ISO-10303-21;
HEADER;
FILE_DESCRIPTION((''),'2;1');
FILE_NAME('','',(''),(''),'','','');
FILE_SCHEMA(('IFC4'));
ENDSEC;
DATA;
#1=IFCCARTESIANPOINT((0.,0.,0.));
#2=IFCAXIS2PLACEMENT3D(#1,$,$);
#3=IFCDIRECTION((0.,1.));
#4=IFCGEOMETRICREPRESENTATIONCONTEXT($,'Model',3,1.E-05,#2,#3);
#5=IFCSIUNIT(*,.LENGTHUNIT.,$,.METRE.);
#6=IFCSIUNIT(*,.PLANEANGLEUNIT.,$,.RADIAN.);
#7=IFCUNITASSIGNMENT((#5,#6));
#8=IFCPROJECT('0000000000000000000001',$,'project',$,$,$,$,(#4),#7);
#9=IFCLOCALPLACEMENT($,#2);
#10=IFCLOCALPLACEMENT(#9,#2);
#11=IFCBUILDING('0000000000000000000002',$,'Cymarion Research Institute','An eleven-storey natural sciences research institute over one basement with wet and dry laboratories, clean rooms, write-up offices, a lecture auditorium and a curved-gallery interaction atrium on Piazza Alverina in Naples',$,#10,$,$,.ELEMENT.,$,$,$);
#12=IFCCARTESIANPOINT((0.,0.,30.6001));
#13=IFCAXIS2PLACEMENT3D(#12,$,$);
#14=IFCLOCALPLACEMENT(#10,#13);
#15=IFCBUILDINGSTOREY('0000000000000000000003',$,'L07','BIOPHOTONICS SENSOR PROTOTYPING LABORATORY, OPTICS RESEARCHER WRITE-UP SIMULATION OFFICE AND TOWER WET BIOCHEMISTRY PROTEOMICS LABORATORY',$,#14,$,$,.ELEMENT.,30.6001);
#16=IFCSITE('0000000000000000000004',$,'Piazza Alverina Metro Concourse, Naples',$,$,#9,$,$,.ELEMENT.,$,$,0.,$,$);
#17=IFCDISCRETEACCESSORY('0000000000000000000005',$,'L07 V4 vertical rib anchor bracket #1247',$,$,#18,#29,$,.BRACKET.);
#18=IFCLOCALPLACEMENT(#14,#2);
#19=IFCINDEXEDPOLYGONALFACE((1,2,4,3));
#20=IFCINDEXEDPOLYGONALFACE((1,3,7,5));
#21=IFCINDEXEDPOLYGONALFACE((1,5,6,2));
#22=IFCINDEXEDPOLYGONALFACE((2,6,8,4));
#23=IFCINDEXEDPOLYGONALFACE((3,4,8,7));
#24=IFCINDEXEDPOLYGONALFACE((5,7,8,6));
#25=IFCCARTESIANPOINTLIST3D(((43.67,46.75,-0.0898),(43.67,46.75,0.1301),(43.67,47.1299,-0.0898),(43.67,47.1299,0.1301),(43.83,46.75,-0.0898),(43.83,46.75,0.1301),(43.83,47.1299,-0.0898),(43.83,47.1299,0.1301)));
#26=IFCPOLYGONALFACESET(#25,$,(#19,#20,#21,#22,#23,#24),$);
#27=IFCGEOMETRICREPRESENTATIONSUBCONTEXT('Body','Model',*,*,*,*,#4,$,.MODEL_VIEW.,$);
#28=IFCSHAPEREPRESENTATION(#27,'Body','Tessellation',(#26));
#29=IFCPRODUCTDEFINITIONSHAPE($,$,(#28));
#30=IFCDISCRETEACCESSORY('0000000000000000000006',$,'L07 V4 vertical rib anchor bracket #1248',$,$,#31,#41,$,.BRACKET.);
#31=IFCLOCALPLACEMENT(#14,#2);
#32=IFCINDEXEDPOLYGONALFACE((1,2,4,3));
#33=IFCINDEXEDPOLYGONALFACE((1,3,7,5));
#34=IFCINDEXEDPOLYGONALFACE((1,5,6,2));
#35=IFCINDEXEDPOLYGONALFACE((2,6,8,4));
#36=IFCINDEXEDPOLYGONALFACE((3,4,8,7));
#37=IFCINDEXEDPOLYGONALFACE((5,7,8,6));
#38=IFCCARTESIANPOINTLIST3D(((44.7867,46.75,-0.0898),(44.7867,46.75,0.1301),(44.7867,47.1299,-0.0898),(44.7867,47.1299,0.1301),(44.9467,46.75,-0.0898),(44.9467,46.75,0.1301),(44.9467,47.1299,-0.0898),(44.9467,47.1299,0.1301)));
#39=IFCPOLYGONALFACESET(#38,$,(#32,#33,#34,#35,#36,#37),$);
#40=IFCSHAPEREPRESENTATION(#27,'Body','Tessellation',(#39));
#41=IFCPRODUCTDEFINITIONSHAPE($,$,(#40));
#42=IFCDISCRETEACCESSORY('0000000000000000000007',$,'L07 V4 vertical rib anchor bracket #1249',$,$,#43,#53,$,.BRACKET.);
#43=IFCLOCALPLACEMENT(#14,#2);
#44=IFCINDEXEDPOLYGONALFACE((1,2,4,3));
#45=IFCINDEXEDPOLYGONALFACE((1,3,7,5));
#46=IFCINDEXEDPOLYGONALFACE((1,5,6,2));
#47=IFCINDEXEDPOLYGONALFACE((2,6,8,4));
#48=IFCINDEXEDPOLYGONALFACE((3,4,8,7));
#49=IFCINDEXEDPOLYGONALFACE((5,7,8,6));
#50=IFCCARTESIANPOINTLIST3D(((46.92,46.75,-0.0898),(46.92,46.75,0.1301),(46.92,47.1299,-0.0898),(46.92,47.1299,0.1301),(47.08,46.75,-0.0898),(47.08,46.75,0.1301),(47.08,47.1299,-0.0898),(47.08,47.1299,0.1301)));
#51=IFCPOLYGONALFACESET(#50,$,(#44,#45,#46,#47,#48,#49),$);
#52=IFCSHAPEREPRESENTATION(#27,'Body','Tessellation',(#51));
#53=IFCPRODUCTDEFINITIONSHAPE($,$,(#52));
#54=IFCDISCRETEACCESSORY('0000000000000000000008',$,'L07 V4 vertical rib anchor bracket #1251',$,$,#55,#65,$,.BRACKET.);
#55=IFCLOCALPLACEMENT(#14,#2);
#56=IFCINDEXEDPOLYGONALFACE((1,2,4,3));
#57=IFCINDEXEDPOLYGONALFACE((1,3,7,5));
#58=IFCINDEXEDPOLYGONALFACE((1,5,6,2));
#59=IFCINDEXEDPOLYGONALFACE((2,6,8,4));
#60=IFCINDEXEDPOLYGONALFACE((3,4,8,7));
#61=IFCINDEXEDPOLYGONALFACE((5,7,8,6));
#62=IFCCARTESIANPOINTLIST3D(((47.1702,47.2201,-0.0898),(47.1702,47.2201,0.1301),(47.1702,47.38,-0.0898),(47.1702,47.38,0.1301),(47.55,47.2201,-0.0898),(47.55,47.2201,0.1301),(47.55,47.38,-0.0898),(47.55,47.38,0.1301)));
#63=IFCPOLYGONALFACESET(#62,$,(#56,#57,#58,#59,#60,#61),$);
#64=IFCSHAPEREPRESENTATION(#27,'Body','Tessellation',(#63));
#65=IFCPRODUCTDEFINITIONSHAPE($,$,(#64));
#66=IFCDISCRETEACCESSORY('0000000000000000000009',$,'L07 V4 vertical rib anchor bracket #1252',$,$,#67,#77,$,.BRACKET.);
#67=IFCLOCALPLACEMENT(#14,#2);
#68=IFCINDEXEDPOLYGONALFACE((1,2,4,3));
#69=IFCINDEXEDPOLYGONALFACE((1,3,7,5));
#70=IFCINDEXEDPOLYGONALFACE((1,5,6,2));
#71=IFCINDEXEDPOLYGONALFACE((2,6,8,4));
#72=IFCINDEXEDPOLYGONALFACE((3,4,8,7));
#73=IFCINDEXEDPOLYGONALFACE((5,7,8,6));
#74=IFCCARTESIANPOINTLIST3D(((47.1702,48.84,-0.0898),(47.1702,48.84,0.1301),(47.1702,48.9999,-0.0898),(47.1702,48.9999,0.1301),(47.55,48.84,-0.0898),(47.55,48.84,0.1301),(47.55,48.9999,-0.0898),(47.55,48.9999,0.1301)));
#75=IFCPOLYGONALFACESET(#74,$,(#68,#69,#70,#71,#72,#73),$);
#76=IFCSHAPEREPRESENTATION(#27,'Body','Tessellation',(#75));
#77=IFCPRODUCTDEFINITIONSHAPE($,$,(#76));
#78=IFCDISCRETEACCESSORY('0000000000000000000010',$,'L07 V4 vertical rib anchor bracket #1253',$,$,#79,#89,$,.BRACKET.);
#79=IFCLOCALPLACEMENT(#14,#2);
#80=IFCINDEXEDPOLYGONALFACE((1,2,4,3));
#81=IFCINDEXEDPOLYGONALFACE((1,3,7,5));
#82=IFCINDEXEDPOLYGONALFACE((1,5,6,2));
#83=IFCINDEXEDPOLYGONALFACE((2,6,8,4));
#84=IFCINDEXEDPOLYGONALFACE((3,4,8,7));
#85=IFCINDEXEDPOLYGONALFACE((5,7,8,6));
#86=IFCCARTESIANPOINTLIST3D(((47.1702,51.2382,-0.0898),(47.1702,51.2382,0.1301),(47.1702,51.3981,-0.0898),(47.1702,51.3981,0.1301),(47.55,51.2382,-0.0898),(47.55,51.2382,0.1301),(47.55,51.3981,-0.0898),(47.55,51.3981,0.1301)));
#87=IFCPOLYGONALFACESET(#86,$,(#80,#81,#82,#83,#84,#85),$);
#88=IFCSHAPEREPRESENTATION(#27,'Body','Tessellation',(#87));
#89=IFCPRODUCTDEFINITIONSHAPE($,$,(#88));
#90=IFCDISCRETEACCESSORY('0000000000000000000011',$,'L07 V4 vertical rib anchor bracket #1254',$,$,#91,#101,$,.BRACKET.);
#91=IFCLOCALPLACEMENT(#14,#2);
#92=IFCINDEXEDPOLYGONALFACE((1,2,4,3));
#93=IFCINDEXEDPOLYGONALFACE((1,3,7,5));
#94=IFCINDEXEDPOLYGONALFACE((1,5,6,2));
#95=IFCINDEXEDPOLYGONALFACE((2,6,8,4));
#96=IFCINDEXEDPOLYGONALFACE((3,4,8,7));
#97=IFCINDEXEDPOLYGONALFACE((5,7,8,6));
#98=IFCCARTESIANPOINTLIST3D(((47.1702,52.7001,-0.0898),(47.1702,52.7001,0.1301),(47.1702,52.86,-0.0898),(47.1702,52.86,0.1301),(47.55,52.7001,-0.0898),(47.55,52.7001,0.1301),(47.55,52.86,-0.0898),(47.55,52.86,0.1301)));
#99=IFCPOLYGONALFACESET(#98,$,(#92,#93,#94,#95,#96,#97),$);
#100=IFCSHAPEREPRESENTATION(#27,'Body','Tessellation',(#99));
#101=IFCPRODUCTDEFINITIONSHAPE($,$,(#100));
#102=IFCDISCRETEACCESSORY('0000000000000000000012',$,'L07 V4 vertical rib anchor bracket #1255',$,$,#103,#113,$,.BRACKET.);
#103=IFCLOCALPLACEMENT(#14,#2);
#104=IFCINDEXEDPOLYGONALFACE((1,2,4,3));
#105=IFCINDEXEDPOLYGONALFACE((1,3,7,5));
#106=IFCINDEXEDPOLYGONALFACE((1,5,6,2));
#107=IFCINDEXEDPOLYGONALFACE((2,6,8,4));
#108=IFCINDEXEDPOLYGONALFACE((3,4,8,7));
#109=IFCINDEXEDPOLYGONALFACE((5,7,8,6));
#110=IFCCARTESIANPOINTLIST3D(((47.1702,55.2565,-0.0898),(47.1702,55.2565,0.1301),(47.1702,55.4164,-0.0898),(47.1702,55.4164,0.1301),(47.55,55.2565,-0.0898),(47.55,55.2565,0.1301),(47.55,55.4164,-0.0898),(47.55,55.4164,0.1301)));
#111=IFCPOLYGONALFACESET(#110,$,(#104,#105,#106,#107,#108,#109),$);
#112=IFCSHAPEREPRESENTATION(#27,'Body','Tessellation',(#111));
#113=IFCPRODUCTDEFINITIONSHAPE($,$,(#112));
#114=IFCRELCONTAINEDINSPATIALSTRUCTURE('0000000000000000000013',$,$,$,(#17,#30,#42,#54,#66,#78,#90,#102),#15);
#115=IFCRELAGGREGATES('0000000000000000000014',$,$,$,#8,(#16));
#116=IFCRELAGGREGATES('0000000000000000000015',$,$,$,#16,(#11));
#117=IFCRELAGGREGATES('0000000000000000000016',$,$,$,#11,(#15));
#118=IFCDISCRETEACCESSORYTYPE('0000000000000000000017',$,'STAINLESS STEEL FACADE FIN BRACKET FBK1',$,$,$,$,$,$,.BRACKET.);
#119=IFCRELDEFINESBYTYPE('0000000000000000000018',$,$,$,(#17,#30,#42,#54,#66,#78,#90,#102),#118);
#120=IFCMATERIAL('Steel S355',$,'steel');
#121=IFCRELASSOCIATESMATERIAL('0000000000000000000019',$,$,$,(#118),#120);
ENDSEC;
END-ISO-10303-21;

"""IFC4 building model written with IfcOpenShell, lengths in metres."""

from ifc_helpers import new_model, si_unit, direction, frame, origin, origin_2d, place, context, subcontext, project, spatial, rectangle, extrude, material, type_object, element, save


model = new_model("IFC4")

# Units and contexts
model_context = context("Model", 3, precision=1e-05, world=origin(), true_north=direction((0.0, 1.0)))
body_context = subcontext(model_context, "Body", "Model", "MODEL_VIEW")
ifc_project = project(units=[si_unit("LENGTHUNIT", "METRE"), si_unit("PLANEANGLEUNIT", "RADIAN")], contexts=[model_context])

# Site, building, storey
site_placement = place(None, origin())
site = spatial("IfcSite", under=ifc_project, at=site_placement, Name="Piazza Alverina Metro Concourse, Naples", CompositionType="ELEMENT", RefElevation=0.0)
building_placement = place(site_placement, origin())
building = spatial("IfcBuilding", under=site, at=building_placement, Name="Cymarion Research Institute", Description="An eleven-storey natural sciences research institute over one basement with wet and dry laboratories, clean rooms, write-up offices, a lecture auditorium and a curved-gallery interaction atrium on Piazza Alverina in Naples", CompositionType="ELEMENT")
storey_placement = place(building_placement, frame((0.0, 0.0, 30.6001)))
storey = spatial("IfcBuildingStorey", under=building, at=storey_placement, Name="L07", Description="BIOPHOTONICS SENSOR PROTOTYPING LABORATORY, OPTICS RESEARCHER WRITE-UP SIMULATION OFFICE AND TOWER WET BIOCHEMISTRY PROTEOMICS LABORATORY", CompositionType="ELEMENT", Elevation=30.6001)

# Shared definitions
ifc_material_1 = material(Name="Steel S355", Category="steel")

# Discrete accessories
discrete_accessory_type = type_object("IfcDiscreteAccessoryType", Name="STAINLESS STEEL FACADE FIN BRACKET FBK1", PredefinedType="BRACKET", material=ifc_material_1)
for number, where, z_axis, x_axis, name in (
    (1, (43.75, 46.9399, -0.0898), (0.0, 0.0, 1.0), (0.0, -1.0, 0.0), "L07 V4 vertical rib anchor bracket #1247"),
    (2, (44.8667, 46.9399, -0.0898), (0.0, 0.0, 1.0), (0.0, -1.0, 0.0), "L07 V4 vertical rib anchor bracket #1248"),
    (3, (47.0, 46.9399, -0.0898), (0.0, 0.0, 1.0), (0.0, -1.0, 0.0), "L07 V4 vertical rib anchor bracket #1249"),
    (4, (47.3601, 47.3, -0.0898), (0.0, 0.0, 1.0), (1.0, 0.0, 0.0), "L07 V4 vertical rib anchor bracket #1251"),
    (5, (47.3601, 48.9199, -0.0898), (0.0, 0.0, 1.0), (1.0, 0.0, 0.0), "L07 V4 vertical rib anchor bracket #1252"),
    (6, (47.3601, 51.3181, -0.0898), (0.0, 0.0, 1.0), (1.0, 0.0, 0.0), "L07 V4 vertical rib anchor bracket #1253"),
    (7, (47.3601, 52.78, -0.0898), (0.0, 0.0, 1.0), (1.0, 0.0, 0.0), "L07 V4 vertical rib anchor bracket #1254"),
    (8, (47.3601, 55.3364, -0.0898), (0.0, 0.0, 1.0), (1.0, 0.0, 0.0), "L07 V4 vertical rib anchor bracket #1255"),
):
    element("IfcDiscreteAccessory", number, at=place(storey_placement, frame(where, z_axis=z_axis, x_axis=x_axis)), inside=storey, type_object=discrete_accessory_type, Name=name, PredefinedType="BRACKET", context=body_context, shape_type="SweptSolid", body=[
        extrude(rectangle(XDim=0.3799, YDim=0.1599, at=origin_2d()), origin(), (0.0, 0.0, 1.0), 0.22),
    ])

save(model, "model.ifc")
